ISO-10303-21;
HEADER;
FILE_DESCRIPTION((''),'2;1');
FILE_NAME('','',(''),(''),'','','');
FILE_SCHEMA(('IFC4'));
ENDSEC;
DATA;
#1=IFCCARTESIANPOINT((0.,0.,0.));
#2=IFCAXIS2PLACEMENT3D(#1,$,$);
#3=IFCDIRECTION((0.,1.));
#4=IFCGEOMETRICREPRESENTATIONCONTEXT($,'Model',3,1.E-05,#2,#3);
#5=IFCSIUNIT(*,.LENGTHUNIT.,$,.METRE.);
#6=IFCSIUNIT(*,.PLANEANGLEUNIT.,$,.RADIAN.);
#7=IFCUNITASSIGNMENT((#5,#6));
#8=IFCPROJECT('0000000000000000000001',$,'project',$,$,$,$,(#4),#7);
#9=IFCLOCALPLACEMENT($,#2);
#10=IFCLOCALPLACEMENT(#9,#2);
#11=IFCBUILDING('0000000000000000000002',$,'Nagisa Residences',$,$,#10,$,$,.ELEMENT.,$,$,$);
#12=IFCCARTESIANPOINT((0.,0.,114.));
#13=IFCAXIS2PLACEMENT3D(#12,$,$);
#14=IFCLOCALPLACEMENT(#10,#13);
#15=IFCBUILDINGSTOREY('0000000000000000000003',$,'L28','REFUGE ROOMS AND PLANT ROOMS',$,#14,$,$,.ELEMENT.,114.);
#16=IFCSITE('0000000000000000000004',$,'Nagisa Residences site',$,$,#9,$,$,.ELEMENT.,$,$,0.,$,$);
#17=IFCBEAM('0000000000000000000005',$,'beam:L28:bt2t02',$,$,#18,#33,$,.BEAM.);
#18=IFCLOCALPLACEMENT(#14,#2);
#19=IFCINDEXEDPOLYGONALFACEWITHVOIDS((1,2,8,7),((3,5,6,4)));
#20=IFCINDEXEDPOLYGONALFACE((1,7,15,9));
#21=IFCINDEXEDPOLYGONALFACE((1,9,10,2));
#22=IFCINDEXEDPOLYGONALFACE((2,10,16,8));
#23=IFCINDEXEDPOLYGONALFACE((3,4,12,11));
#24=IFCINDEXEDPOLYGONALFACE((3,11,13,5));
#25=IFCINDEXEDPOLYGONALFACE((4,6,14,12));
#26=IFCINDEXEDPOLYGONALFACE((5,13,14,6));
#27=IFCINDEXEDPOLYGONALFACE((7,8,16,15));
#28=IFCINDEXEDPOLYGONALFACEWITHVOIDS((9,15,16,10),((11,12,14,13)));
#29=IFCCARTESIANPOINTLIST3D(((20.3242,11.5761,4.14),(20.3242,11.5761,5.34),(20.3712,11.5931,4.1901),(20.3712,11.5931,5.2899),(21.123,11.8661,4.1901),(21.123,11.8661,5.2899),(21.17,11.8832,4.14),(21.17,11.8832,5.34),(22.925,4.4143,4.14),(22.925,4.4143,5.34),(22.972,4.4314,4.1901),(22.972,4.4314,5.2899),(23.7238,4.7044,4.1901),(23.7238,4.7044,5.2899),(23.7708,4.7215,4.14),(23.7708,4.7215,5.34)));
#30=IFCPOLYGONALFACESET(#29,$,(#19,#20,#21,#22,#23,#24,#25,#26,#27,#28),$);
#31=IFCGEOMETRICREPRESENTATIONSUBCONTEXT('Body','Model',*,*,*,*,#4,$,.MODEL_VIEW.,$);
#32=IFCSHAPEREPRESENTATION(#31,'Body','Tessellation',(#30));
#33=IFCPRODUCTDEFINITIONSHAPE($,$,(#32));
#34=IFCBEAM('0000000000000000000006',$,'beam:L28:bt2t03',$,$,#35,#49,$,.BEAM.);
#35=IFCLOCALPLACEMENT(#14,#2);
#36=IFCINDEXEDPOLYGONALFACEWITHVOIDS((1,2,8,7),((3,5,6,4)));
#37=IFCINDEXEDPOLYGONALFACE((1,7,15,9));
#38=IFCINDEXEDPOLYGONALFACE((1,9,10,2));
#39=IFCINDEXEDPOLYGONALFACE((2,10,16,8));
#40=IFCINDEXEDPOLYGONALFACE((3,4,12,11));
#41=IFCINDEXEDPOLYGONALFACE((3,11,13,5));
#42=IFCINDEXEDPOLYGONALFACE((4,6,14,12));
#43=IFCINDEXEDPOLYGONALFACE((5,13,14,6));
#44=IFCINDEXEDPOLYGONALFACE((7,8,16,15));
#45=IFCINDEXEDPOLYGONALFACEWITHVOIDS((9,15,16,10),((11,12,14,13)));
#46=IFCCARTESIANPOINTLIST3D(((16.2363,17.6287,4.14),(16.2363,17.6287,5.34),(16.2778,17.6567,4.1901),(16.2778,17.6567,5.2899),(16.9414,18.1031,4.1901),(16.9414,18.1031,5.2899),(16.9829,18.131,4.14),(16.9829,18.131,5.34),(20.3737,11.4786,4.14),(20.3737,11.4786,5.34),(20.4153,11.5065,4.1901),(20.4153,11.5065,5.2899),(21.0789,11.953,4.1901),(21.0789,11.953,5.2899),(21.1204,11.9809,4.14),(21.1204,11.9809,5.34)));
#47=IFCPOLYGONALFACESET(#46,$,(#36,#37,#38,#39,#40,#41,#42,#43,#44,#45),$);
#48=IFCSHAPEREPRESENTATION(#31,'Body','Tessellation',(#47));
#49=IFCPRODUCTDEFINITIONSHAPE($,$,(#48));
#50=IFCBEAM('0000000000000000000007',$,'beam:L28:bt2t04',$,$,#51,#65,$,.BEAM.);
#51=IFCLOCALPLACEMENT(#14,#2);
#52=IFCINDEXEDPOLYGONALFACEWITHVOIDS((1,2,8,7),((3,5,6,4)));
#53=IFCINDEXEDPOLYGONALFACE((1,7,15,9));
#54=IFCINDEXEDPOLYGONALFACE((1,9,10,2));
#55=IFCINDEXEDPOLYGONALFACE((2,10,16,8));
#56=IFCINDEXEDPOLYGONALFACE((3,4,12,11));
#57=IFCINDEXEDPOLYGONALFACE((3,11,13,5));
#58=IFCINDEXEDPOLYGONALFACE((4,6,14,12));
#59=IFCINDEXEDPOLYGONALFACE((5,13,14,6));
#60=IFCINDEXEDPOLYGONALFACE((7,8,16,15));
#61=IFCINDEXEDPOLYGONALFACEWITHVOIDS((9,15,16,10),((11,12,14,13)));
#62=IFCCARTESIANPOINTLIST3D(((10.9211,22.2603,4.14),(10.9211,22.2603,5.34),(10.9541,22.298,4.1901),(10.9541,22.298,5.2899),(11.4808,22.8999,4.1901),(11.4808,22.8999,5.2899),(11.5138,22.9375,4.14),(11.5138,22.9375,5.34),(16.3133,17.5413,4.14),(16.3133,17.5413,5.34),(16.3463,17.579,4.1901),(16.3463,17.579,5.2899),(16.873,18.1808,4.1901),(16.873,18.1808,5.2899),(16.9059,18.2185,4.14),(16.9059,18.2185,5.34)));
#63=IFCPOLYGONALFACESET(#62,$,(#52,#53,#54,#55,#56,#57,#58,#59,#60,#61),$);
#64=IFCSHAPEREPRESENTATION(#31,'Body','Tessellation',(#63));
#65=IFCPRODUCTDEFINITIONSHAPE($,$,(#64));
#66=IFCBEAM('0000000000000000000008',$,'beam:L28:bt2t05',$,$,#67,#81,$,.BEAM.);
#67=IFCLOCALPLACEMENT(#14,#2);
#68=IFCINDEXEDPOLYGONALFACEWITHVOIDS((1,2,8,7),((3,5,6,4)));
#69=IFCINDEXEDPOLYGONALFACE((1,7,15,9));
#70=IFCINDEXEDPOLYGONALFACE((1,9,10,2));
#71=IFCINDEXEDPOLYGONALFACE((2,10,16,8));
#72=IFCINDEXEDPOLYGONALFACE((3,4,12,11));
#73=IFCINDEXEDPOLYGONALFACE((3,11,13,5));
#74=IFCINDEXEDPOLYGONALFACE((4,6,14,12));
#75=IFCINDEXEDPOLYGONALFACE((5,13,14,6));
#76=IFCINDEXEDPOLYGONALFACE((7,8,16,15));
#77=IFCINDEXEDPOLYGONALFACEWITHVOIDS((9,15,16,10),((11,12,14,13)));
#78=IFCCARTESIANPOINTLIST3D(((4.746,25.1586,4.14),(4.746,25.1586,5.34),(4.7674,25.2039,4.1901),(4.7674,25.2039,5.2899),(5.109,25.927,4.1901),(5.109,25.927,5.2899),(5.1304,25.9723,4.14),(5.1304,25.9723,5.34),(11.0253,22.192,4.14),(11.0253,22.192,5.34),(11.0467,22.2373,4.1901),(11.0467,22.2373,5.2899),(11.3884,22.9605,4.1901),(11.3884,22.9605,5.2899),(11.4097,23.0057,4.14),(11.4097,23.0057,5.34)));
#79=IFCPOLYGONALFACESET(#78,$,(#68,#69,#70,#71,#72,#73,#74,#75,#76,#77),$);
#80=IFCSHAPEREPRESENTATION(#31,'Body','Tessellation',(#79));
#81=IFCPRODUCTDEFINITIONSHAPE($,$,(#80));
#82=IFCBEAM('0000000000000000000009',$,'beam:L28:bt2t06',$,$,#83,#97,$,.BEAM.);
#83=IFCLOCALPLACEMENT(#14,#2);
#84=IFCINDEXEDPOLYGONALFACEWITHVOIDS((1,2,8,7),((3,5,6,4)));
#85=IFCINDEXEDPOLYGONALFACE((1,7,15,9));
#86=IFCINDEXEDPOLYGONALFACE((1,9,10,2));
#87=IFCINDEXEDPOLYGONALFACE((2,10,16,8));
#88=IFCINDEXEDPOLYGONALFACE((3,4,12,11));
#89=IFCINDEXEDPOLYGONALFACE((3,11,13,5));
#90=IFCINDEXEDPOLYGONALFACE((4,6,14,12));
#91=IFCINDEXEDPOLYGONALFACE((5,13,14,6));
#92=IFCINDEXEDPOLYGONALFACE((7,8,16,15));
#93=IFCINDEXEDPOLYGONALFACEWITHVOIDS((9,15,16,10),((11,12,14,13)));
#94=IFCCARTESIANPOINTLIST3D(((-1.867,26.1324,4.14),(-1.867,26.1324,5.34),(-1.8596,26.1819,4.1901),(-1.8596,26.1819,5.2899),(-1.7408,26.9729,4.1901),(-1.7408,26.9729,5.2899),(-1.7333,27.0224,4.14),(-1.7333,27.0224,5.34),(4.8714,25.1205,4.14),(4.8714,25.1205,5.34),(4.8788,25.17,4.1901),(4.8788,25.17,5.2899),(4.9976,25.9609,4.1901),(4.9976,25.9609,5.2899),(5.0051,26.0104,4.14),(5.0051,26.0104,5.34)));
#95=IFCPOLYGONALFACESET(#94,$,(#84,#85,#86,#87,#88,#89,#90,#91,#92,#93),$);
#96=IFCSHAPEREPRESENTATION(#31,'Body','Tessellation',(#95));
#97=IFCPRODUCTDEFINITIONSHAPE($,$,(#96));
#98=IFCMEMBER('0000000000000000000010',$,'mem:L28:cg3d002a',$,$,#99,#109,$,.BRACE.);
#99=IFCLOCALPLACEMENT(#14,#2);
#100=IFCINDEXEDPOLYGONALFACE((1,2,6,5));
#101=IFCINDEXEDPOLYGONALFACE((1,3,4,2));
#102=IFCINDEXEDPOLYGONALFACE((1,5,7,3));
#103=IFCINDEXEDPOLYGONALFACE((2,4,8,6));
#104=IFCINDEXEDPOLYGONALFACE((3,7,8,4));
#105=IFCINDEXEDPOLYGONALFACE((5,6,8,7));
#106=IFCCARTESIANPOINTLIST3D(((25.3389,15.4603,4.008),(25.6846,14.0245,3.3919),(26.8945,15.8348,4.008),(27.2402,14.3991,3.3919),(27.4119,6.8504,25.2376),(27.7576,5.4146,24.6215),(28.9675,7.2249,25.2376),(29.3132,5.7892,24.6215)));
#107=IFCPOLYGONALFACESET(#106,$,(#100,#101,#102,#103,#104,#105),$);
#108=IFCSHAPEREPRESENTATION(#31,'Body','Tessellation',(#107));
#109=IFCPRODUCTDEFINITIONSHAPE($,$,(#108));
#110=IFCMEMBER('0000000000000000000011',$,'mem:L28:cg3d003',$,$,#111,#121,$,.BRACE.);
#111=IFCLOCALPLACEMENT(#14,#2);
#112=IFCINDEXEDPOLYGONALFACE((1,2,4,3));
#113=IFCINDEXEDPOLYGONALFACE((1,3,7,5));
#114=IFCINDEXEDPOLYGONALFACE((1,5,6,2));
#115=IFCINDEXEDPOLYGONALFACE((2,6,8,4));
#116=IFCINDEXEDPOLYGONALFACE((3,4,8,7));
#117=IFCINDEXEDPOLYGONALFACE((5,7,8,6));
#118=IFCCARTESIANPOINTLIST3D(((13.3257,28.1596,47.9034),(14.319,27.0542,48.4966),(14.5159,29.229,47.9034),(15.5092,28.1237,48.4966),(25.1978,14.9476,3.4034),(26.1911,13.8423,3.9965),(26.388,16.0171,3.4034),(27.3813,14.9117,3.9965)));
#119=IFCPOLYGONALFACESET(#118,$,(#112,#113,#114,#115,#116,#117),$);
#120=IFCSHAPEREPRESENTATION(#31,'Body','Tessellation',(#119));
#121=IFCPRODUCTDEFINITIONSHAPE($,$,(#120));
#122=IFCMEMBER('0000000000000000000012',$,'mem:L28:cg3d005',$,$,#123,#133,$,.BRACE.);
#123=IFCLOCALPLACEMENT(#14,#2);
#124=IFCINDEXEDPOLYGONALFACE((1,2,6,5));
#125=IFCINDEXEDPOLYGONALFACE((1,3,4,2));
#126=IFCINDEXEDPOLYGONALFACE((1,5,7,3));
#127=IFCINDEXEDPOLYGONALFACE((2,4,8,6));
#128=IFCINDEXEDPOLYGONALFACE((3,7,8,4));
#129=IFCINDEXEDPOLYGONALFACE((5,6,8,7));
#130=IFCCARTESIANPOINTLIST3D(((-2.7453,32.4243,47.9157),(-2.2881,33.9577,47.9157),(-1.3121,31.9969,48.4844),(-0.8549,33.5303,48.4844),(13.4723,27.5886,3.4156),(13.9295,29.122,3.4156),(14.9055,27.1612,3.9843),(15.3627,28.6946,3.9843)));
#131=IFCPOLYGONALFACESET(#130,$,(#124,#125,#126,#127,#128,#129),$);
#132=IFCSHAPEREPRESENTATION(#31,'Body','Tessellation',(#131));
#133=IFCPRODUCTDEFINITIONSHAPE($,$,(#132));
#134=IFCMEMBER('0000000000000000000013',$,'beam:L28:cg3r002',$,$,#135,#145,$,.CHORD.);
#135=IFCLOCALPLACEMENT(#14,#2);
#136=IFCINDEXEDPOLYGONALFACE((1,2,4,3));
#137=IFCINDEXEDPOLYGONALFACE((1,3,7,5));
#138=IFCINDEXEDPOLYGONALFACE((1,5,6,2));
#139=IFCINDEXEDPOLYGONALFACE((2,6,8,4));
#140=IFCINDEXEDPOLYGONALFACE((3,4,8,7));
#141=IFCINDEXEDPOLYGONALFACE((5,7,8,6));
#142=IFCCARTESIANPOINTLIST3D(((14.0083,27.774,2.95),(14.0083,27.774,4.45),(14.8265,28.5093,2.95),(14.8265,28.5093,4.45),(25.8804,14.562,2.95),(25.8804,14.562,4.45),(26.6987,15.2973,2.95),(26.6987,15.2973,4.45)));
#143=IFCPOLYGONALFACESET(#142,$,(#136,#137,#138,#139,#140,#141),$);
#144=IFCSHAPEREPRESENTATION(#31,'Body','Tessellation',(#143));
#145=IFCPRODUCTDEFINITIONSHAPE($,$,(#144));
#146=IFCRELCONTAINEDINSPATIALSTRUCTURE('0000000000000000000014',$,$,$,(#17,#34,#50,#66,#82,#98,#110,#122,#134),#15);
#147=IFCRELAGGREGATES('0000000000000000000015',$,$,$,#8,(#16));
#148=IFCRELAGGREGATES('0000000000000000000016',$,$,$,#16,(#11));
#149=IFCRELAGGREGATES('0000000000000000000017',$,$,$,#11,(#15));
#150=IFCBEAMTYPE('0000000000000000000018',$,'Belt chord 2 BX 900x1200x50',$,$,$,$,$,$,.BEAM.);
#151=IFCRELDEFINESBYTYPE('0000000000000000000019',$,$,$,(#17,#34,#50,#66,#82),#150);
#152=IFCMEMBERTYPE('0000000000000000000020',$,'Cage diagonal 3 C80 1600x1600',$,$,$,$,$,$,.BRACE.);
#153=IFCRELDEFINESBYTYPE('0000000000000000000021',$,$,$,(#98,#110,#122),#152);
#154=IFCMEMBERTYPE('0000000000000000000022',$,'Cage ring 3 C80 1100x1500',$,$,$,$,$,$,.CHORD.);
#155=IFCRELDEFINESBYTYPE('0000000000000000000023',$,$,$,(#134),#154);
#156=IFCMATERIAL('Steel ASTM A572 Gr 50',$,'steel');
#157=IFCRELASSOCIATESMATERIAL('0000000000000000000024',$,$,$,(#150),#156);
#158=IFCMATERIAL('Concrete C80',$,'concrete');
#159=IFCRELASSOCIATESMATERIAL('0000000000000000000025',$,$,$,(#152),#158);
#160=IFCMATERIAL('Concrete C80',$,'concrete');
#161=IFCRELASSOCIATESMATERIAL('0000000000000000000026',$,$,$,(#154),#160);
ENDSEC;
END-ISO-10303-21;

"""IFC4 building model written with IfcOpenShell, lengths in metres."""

from ifc_helpers import new_model, si_unit, direction, frame, origin, origin_2d, place, context, subcontext, project, spatial, rectangle, hollow_rectangle, extrude, material, material_profile, profile_set, type_object, element, save


model = new_model("IFC4")

# Units and contexts
model_context = context("Model", 3, precision=1e-05, world=origin(), true_north=direction((0.0, 1.0)))
body_context = subcontext(model_context, "Body", "Model", "MODEL_VIEW")
ifc_project = project(units=[si_unit("LENGTHUNIT", "METRE"), si_unit("PLANEANGLEUNIT", "RADIAN")], contexts=[model_context])

# Site, building, storey
site_placement = place(None, origin())
site = spatial("IfcSite", under=ifc_project, at=site_placement, Name="Nagisa Residences site", CompositionType="ELEMENT", RefElevation=0.0)
building_placement = place(site_placement, origin())
building = spatial("IfcBuilding", under=site, at=building_placement, Name="Nagisa Residences", CompositionType="ELEMENT")
storey_placement = place(building_placement, frame((0.0, 0.0, 114.0)))
storey = spatial("IfcBuildingStorey", under=building, at=storey_placement, Name="L28", Description="REFUGE ROOMS AND PLANT ROOMS", CompositionType="ELEMENT", Elevation=114.0)

# Beams
ifc_material_1 = material(Name="Steel ASTM A572 Gr 50", Category="steel")
ifc_material_profile_1 = material_profile(ifc_material_1, hollow_rectangle(XDim=0.8999, YDim=1.2, WallThickness=0.05, at=origin_2d()), Name="BX 900x1200x50")
ifc_profile_set_1 = profile_set([ifc_material_profile_1], Name="Steel ASTM A572 Gr 50")
beam_type_1 = type_object("IfcBeamType", Name="Belt chord 2 BX 900x1200x50", PredefinedType="BEAM", material=ifc_profile_set_1)
beam_1_placement = place(storey_placement, frame((23.3479, 4.5679, 4.74), z_axis=(-0.341339, 0.93994, 0.0), x_axis=(-0.93994, -0.341339, 0.0)))
element("IfcBeam", 1, at=beam_1_placement, inside=storey, type_object=beam_type_1, Name="beam:L28:bt2t02", PredefinedType="BEAM", context=body_context, shape_type="SweptSolid", body=[
    extrude(hollow_rectangle(XDim=0.8999, YDim=1.2, WallThickness=0.05, at=origin_2d()), origin(), (0.0, 0.0, 1.0), 7.6194),
])
beam_2_placement = place(storey_placement, frame((20.7471, 11.7297, 4.74), z_axis=(-0.558184, 0.829717, 0.0), x_axis=(-0.829717, -0.558184, 0.0)))
element("IfcBeam", 2, at=beam_2_placement, inside=storey, type_object=beam_type_1, Name="beam:L28:bt2t03", PredefinedType="BEAM", context=body_context, shape_type="SweptSolid", body=[
    extrude(hollow_rectangle(XDim=0.8999, YDim=1.2, WallThickness=0.05, at=origin_2d()), origin(), (0.0, 0.0, 1.0), 7.4124),
])
beam_3_placement = place(storey_placement, frame((16.6096, 17.8799, 4.74), z_axis=(-0.752513, 0.658577, 0.0), x_axis=(-0.658577, -0.752513, 0.0)))
element("IfcBeam", 3, at=beam_3_placement, inside=storey, type_object=beam_type_1, Name="beam:L28:bt2t04", PredefinedType="BEAM", context=body_context, shape_type="SweptSolid", body=[
    extrude(hollow_rectangle(XDim=0.8999, YDim=1.2, WallThickness=0.05, at=origin_2d()), origin(), (0.0, 0.0, 1.0), 7.1655),
])
beam_4_placement = place(storey_placement, frame((11.2175, 22.5989, 4.74), z_axis=(-0.904175, 0.427163, 0.0), x_axis=(-0.427163, -0.904175, 0.0)))
element("IfcBeam", 4, at=beam_4_placement, inside=storey, type_object=beam_type_1, Name="beam:L28:bt2t05", PredefinedType="BEAM", context=body_context, shape_type="SweptSolid", body=[
    extrude(hollow_rectangle(XDim=0.8999, YDim=1.2, WallThickness=0.05, at=origin_2d()), origin(), (0.0, 0.0, 1.0), 6.9448),
])
beam_5_placement = place(storey_placement, frame((4.9382, 25.5654, 4.74), z_axis=(-0.98891, 0.148516, 0.0), x_axis=(-0.148516, -0.98891, 0.0)))
element("IfcBeam", 5, at=beam_5_placement, inside=storey, type_object=beam_type_1, Name="beam:L28:bt2t06", PredefinedType="BEAM", context=body_context, shape_type="SweptSolid", body=[
    extrude(hollow_rectangle(XDim=0.8999, YDim=1.2, WallThickness=0.05, at=origin_2d()), origin(), (0.0, 0.0, 1.0), 6.814),
])

# Members
ifc_material_2 = material(Name="Concrete C80", Category="concrete")
ifc_material_profile_2 = material_profile(ifc_material_2, rectangle(XDim=1.6001, YDim=1.6001, at=origin_2d()), Name="C80 1600x1600")
ifc_profile_set_2 = profile_set([ifc_material_profile_2], Name="Concrete C80")
member_type_1 = type_object("IfcMemberType", Name="Cage diagonal 3 C80 1600x1600", PredefinedType="BRACE", material=ifc_profile_set_2)
member_1_placement = place(storey_placement, frame((26.2896, 14.9297, 3.7), z_axis=(0.09012, -0.3743, 0.922918), x_axis=(0.972217, 0.234081, 0.0)))
element("IfcMember", 6, at=member_1_placement, inside=storey, type_object=member_type_1, Name="mem:L28:cg3d002a", PredefinedType="BRACE", context=body_context, shape_type="SweptSolid", body=[
    extrude(rectangle(XDim=1.6001, YDim=1.6001, at=origin_2d()), origin(), (0.0, 0.0, 1.0), 23.0027),
])
member_2_placement = place(storey_placement, frame((26.2896, 14.9297, 3.7), z_axis=(-0.247779, 0.275742, 0.928747), x_axis=(-0.743816, -0.668384, 0.0)))
element("IfcMember", 7, at=member_2_placement, inside=storey, type_object=member_type_1, Name="mem:L28:cg3d003", PredefinedType="BRACE", context=body_context, shape_type="SweptSolid", body=[
    extrude(rectangle(XDim=1.6001, YDim=1.6001, at=origin_2d()), origin(), (0.0, 0.0, 1.0), 47.9141),
])
member_3_placement = place(storey_placement, frame((14.4175, 28.1416, 3.7), z_axis=(-0.340638, 0.10157, 0.934692), x_axis=(-0.285745, -0.958306, 0.0)))
element("IfcMember", 8, at=member_3_placement, inside=storey, type_object=member_type_1, Name="mem:L28:cg3d005", PredefinedType="BRACE", context=body_context, shape_type="SweptSolid", body=[
    extrude(rectangle(XDim=1.6001, YDim=1.6001, at=origin_2d()), origin(), (0.0, 0.0, 1.0), 47.6094),
])
ifc_material_3 = material(Name="Concrete C80", Category="concrete")
ifc_material_profile_3 = material_profile(ifc_material_3, rectangle(XDim=1.1001, YDim=1.5, at=origin_2d()), Name="C80 1100x1500")
ifc_profile_set_3 = profile_set([ifc_material_profile_3], Name="Concrete C80")
member_type_2 = type_object("IfcMemberType", Name="Cage ring 3 C80 1100x1500", PredefinedType="CHORD", material=ifc_profile_set_3)
member_4_placement = place(storey_placement, frame((26.2896, 14.9297, 3.7), z_axis=(-0.668384, 0.743816, 0.0), x_axis=(-0.743816, -0.668384, 0.0)))
element("IfcMember", 9, at=member_4_placement, inside=storey, type_object=member_type_2, Name="beam:L28:cg3r002", PredefinedType="CHORD", context=body_context, shape_type="SweptSolid", body=[
    extrude(rectangle(XDim=1.1001, YDim=1.5, at=origin_2d()), origin(), (0.0, 0.0, 1.0), 17.7625),
])

save(model, "model.ifc")
